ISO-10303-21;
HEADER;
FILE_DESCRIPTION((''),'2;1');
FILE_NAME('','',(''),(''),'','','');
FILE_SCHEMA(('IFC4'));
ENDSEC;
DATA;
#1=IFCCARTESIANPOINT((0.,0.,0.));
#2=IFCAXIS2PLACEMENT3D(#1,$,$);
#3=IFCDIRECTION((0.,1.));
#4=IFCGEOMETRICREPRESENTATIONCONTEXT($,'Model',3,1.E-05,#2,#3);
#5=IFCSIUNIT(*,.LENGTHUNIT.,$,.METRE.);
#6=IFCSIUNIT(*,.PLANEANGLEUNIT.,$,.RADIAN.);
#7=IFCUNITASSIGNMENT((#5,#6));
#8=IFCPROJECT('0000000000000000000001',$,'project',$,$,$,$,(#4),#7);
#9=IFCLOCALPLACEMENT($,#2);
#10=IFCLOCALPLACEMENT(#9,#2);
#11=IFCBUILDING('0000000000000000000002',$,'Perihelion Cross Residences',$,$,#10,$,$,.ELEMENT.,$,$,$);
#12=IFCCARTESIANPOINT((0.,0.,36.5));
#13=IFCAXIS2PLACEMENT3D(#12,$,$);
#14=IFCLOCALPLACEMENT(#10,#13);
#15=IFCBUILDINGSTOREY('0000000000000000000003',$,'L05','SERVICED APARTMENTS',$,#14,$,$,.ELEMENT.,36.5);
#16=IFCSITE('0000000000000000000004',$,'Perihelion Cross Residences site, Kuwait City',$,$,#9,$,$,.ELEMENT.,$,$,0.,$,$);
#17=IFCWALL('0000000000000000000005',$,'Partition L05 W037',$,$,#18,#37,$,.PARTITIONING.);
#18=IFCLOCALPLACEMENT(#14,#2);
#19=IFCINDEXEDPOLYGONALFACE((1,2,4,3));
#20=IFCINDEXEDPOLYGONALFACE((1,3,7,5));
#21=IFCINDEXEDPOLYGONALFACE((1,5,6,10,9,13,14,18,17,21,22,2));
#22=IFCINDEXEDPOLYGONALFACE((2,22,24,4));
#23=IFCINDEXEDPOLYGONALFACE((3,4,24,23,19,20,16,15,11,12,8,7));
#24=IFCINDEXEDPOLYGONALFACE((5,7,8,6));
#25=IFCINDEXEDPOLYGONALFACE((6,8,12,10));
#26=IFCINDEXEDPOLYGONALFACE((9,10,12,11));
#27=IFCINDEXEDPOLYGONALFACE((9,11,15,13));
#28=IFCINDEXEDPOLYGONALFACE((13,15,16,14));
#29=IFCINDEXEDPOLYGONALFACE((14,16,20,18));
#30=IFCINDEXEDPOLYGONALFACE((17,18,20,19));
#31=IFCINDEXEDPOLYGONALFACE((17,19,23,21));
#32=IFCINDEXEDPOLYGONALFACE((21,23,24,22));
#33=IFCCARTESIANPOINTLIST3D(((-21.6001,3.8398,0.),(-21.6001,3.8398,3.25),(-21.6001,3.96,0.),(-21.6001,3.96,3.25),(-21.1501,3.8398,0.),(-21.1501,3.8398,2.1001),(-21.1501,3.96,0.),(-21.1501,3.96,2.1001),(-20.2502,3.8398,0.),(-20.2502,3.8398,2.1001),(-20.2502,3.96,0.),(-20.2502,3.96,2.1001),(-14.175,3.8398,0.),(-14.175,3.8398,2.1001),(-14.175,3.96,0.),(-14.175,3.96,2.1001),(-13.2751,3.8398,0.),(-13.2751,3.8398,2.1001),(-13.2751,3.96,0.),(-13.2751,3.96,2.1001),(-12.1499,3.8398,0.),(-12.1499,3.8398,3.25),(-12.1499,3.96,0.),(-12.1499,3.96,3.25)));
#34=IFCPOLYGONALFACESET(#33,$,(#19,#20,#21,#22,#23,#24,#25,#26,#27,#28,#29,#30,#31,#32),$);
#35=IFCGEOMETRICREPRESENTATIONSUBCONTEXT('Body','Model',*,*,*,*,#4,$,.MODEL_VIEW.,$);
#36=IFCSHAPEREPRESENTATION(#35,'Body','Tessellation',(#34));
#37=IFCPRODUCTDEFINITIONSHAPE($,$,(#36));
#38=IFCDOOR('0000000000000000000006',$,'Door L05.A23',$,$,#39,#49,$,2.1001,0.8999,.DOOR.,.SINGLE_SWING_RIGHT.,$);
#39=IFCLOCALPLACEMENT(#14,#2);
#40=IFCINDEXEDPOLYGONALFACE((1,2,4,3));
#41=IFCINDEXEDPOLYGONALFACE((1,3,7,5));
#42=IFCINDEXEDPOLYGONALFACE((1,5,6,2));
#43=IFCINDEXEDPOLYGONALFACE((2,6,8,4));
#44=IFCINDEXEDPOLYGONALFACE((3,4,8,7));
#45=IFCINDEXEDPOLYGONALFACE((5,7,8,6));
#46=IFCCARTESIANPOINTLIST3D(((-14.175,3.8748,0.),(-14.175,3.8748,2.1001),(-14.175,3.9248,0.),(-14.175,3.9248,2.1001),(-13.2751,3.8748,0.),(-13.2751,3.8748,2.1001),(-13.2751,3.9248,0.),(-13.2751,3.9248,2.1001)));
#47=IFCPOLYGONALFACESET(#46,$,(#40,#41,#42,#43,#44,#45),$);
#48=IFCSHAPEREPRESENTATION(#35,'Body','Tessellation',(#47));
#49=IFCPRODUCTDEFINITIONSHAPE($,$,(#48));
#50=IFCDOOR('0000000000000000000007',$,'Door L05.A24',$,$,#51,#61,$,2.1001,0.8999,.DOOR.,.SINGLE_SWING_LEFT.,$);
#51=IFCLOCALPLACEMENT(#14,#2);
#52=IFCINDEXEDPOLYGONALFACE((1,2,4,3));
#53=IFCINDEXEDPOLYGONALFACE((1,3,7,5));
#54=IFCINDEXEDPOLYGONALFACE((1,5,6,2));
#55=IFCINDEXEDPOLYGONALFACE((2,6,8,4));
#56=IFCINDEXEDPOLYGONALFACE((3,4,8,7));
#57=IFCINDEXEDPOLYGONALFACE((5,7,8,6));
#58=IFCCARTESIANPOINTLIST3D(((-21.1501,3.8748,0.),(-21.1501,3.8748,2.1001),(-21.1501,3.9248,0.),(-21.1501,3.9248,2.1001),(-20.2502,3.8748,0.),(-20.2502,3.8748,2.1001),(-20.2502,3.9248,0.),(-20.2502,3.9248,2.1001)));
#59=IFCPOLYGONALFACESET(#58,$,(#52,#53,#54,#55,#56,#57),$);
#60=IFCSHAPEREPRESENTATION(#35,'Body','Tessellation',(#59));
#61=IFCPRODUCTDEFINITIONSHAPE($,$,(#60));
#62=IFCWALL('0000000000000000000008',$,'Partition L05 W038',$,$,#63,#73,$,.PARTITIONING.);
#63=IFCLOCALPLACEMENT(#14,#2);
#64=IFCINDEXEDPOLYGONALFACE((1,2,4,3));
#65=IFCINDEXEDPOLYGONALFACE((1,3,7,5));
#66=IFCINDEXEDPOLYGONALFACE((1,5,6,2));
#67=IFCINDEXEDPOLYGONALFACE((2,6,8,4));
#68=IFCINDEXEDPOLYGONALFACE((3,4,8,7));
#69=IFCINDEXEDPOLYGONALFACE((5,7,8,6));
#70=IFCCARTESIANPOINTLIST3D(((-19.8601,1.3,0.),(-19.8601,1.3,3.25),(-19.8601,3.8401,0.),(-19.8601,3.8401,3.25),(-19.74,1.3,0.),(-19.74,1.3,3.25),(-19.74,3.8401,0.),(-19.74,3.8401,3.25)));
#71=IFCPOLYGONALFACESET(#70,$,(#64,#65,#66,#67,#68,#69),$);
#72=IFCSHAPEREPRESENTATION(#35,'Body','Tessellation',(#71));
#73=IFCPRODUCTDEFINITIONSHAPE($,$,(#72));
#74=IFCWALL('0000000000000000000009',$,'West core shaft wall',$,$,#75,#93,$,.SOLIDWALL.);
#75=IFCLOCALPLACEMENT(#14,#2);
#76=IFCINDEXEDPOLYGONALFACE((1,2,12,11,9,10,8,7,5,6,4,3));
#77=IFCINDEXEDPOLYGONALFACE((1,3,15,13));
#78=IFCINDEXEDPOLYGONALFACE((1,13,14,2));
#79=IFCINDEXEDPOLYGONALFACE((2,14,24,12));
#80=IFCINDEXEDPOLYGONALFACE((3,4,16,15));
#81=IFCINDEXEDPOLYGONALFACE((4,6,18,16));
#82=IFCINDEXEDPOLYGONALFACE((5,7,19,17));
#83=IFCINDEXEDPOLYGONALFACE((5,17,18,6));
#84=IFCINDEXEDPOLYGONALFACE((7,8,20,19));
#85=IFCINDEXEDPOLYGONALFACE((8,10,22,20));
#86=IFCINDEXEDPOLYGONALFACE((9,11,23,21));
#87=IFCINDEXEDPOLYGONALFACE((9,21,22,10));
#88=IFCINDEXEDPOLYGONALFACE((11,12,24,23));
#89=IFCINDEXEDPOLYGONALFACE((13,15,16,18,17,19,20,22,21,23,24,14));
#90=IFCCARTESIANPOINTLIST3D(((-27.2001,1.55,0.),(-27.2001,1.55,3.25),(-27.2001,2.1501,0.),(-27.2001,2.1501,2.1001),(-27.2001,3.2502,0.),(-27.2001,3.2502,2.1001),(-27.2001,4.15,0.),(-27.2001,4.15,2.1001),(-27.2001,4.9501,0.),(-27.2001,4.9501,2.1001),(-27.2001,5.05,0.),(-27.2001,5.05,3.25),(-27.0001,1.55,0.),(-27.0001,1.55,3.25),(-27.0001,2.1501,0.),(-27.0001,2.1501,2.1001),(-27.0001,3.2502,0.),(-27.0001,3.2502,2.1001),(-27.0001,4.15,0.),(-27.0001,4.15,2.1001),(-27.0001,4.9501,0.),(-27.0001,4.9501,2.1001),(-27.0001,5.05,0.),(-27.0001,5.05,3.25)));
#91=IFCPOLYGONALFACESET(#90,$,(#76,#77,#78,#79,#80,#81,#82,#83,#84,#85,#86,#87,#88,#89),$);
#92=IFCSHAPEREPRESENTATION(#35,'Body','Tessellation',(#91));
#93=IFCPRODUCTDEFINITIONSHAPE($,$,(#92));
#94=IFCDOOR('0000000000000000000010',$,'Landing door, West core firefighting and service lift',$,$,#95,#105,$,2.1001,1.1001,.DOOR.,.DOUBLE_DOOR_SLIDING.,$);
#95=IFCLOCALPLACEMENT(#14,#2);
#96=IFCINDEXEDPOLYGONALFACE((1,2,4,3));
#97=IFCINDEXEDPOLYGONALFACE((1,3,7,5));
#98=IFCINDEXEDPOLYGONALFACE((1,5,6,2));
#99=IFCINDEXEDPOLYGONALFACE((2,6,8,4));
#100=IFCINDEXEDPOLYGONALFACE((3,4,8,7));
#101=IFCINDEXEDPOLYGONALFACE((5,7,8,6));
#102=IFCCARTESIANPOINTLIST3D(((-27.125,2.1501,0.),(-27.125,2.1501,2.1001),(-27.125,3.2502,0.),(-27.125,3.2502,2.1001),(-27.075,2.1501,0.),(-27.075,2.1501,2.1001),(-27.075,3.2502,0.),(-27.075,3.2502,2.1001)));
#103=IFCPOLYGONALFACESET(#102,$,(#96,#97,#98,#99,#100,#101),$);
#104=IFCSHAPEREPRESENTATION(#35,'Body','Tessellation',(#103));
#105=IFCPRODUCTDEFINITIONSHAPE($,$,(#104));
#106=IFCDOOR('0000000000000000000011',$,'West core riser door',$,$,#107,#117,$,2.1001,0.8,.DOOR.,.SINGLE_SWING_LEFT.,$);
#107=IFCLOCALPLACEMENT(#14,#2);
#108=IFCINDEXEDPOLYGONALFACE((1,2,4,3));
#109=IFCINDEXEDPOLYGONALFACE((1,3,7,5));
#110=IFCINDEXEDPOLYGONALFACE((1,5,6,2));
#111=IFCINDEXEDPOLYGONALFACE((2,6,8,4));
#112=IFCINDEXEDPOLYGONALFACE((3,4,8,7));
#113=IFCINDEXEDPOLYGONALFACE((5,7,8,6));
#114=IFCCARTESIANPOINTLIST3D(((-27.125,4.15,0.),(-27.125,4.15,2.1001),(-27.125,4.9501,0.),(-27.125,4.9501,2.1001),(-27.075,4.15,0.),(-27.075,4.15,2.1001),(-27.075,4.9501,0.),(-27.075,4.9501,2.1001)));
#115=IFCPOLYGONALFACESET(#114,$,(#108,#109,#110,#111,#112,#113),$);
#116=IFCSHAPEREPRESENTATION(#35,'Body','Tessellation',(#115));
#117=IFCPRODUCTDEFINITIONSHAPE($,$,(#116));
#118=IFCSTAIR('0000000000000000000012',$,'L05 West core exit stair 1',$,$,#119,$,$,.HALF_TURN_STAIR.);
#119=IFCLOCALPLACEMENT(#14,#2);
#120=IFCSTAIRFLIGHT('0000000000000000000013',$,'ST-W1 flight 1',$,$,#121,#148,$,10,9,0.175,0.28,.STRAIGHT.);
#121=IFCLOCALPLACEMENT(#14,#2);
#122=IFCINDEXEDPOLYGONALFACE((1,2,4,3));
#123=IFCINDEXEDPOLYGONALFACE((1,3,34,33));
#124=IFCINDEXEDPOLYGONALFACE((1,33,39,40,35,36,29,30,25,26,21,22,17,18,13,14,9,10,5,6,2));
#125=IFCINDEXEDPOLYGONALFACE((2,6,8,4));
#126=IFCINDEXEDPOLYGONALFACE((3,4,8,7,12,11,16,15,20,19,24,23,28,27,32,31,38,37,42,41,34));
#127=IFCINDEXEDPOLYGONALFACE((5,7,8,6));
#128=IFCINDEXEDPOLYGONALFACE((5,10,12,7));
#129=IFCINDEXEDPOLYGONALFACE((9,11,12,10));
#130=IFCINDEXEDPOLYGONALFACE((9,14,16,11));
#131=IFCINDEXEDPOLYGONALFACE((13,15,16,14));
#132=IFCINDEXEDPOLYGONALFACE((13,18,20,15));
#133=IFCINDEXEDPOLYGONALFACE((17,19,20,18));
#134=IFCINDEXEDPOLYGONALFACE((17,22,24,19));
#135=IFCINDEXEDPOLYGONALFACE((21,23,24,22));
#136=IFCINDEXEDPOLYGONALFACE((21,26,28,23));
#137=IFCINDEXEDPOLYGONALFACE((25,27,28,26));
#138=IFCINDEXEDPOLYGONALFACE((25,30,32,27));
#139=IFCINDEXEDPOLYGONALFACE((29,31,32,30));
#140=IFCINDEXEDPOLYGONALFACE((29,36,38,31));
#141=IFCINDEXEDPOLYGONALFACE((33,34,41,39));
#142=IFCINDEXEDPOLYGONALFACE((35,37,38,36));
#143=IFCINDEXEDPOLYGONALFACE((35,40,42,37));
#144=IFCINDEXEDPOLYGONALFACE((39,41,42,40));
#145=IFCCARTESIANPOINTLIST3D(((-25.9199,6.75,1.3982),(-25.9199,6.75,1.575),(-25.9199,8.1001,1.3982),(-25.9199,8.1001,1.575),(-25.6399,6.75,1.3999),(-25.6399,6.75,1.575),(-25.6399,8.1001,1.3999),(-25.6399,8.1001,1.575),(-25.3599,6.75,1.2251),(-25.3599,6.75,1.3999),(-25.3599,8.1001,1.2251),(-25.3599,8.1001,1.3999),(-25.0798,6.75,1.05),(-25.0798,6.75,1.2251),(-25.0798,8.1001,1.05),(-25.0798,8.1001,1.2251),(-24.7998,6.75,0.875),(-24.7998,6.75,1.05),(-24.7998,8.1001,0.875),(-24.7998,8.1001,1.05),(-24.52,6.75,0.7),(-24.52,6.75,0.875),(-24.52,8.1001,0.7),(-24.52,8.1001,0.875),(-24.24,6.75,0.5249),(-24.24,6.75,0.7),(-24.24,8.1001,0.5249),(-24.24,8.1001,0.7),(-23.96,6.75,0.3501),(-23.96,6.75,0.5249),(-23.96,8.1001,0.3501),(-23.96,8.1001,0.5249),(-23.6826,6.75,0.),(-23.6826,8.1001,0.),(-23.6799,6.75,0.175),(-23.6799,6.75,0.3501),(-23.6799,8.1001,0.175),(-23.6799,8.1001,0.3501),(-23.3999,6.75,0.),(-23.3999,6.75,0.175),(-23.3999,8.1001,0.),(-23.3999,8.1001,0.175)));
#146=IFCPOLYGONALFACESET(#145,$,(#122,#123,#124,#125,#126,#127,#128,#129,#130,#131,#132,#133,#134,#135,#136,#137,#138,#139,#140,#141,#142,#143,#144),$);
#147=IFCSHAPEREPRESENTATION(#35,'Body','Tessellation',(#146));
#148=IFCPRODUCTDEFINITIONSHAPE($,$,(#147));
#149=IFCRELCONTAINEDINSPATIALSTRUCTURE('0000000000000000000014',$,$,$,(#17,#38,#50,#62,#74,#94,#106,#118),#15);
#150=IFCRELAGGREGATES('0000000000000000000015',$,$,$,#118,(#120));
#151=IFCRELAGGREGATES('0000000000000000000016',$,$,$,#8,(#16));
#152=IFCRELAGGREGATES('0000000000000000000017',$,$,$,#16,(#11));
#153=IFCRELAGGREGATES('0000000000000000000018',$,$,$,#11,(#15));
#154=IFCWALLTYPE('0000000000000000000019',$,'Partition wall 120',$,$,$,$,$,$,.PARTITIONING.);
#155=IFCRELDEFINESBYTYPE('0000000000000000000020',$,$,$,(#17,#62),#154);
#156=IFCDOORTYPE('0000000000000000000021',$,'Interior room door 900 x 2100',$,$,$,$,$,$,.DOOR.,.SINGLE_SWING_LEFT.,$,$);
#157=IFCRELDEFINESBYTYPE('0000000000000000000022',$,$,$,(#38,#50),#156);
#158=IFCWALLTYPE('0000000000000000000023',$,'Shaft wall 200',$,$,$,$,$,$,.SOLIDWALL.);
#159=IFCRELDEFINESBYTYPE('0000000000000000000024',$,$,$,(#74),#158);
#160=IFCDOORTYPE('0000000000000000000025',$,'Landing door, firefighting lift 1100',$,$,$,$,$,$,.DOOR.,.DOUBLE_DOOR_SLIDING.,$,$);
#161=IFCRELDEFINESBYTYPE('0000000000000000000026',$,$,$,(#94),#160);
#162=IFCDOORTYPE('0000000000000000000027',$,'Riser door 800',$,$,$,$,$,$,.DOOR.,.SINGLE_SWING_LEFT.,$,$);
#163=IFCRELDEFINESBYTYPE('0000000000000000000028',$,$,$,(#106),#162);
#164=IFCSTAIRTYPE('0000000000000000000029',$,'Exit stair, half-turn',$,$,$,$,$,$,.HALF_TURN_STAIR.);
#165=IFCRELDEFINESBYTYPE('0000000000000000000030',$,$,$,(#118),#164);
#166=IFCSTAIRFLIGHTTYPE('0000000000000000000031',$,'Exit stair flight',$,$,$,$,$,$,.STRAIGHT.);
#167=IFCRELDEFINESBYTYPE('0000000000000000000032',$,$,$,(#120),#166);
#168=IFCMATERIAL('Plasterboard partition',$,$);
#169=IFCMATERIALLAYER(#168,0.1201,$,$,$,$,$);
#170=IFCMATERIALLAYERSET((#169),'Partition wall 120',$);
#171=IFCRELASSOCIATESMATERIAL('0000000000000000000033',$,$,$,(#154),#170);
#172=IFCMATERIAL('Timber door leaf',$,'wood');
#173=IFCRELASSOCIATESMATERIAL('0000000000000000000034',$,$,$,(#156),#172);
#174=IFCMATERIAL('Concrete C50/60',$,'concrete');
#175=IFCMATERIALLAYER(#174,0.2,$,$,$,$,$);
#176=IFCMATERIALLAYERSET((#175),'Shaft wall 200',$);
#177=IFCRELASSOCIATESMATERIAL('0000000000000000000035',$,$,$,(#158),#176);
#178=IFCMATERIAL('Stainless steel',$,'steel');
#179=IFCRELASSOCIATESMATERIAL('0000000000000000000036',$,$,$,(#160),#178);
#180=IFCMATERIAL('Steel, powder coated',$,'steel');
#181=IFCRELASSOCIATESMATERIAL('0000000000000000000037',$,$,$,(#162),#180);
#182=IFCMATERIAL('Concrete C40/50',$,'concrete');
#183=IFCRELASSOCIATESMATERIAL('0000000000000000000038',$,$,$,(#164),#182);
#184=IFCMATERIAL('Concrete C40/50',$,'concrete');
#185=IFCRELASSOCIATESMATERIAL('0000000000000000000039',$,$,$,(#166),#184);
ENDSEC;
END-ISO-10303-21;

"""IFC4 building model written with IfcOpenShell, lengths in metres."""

from ifc_helpers import new_model, si_unit, direction, frame, frame_2d, origin, place, context, subcontext, project, spatial, polyline, rectangle, outline, extrude, material, layer, layer_set, type_object, element, fill, aggregate, save


model = new_model("IFC4")

# Units and contexts
model_context = context("Model", 3, precision=1e-05, world=origin(), true_north=direction((0.0, 1.0)))
body_context = subcontext(model_context, "Body", "Model", "MODEL_VIEW")
ifc_project = project(units=[si_unit("LENGTHUNIT", "METRE"), si_unit("PLANEANGLEUNIT", "RADIAN")], contexts=[model_context])

# Site, building, storey
site_placement = place(None, origin())
site = spatial("IfcSite", under=ifc_project, at=site_placement, Name="Perihelion Cross Residences site, Kuwait City", CompositionType="ELEMENT", RefElevation=0.0)
building_placement = place(site_placement, origin())
building = spatial("IfcBuilding", under=site, at=building_placement, Name="Perihelion Cross Residences", CompositionType="ELEMENT")
storey_placement = place(building_placement, frame((0.0, 0.0, 36.5)))
storey = spatial("IfcBuildingStorey", under=building, at=storey_placement, Name="L05", Description="SERVICED APARTMENTS", CompositionType="ELEMENT", Elevation=36.5)

# Wall, openings, doors
ifc_material_1 = material(Name="Plasterboard partition")
ifc_layer_1 = layer(ifc_material_1, 0.1201)
ifc_layer_set_1 = layer_set([ifc_layer_1], Name="Partition wall 120")
wall_type_1 = type_object("IfcWallType", Name="Partition wall 120", PredefinedType="PARTITIONING", material=ifc_layer_set_1)
wall_1_placement = place(storey_placement, frame((-21.6001, 3.8999, 0.0), z_axis=(0.0, 0.0, 1.0), x_axis=(1.0, 0.0, 0.0)))
wall_1 = element("IfcWall", 1, at=wall_1_placement, inside=storey, type_object=wall_type_1, Name="Partition L05 W037", PredefinedType="PARTITIONING", context=body_context, shape_type="SweptSolid", body=[
    extrude(rectangle(XDim=9.4502, YDim=0.1201, at=frame_2d((4.7251, 0.0))), origin(), (0.0, 0.0, 1.0), 3.25),
])
opening_1_placement = place(wall_1_placement, frame((7.425, 0.0, 0.0)))
opening_1 = element("IfcOpeningElement", 2, at=opening_1_placement, cuts=wall_1, PredefinedType="OPENING", context=body_context, shape_type="SweptSolid", body=[
    extrude(rectangle(XDim=0.8999, YDim=2.1001, at=frame_2d((0.45, 1.05))), frame((0.0, 0.0701, 0.0), z_axis=(0.0, -1.0, 0.0), x_axis=(1.0, 0.0, 0.0)), (0.0, 0.0, 1.0), 0.1401),
])
opening_2_placement = place(wall_1_placement, frame((0.45, 0.0, 0.0)))
opening_2 = element("IfcOpeningElement", 3, at=opening_2_placement, cuts=wall_1, PredefinedType="OPENING", context=body_context, shape_type="SweptSolid", body=[
    extrude(rectangle(XDim=0.8999, YDim=2.1001, at=frame_2d((0.45, 1.05))), frame((0.0, 0.0701, 0.0), z_axis=(0.0, -1.0, 0.0), x_axis=(1.0, 0.0, 0.0)), (0.0, 0.0, 1.0), 0.1401),
])
ifc_material_2 = material(Name="Timber door leaf", Category="wood")
door_type_1 = type_object("IfcDoorType", Name="Interior room door 900 x 2100", OperationType="SINGLE_SWING_LEFT", PredefinedType="DOOR", material=ifc_material_2)
door_1_placement = place(opening_1_placement, origin())
door_1 = element("IfcDoor", 4, at=door_1_placement, inside=storey, type_object=door_type_1, Name="Door L05.A23", OperationType="SINGLE_SWING_RIGHT", OverallHeight=2.1001, OverallWidth=0.8999, PredefinedType="DOOR", context=body_context, shape_type="SweptSolid", body=[
    extrude(rectangle(XDim=0.8999, YDim=2.1001, at=frame_2d((0.45, 1.05))), frame((0.0, 0.0249, 0.0), z_axis=(0.0, -1.0, 0.0), x_axis=(1.0, 0.0, 0.0)), (0.0, 0.0, 1.0), 0.05),
])
fill(opening_1, door_1)
door_2_placement = place(opening_2_placement, origin())
door_2 = element("IfcDoor", 5, at=door_2_placement, inside=storey, type_object=door_type_1, Name="Door L05.A24", OperationType="SINGLE_SWING_LEFT", OverallHeight=2.1001, OverallWidth=0.8999, PredefinedType="DOOR", context=body_context, shape_type="SweptSolid", body=[
    extrude(rectangle(XDim=0.8999, YDim=2.1001, at=frame_2d((0.45, 1.05))), frame((0.0, 0.0249, 0.0), z_axis=(0.0, -1.0, 0.0), x_axis=(1.0, 0.0, 0.0)), (0.0, 0.0, 1.0), 0.05),
])
fill(opening_2, door_2)

# Wall
wall_2_placement = place(storey_placement, frame((-19.8, 1.3, 0.0), z_axis=(0.0, 0.0, 1.0), x_axis=(0.0, 1.0, 0.0)))
element("IfcWall", 6, at=wall_2_placement, inside=storey, type_object=wall_type_1, Name="Partition L05 W038", PredefinedType="PARTITIONING", context=body_context, shape_type="SweptSolid", body=[
    extrude(rectangle(XDim=2.54, YDim=0.1201, at=frame_2d((1.27, 0.0))), origin(), (0.0, 0.0, 1.0), 3.25),
])

# Wall, openings, doors
ifc_material_3 = material(Name="Concrete C50/60", Category="concrete")
ifc_layer_2 = layer(ifc_material_3, 0.2)
ifc_layer_set_2 = layer_set([ifc_layer_2], Name="Shaft wall 200")
wall_type_2 = type_object("IfcWallType", Name="Shaft wall 200", PredefinedType="SOLIDWALL", material=ifc_layer_set_2)
wall_3_placement = place(storey_placement, frame((-27.1001, 1.55, 0.0), z_axis=(0.0, 0.0, 1.0), x_axis=(0.0, 1.0, 0.0)))
wall_3 = element("IfcWall", 7, at=wall_3_placement, inside=storey, type_object=wall_type_2, Name="West core shaft wall", PredefinedType="SOLIDWALL", context=body_context, shape_type="SweptSolid", body=[
    extrude(rectangle(XDim=3.5, YDim=0.2, at=frame_2d((1.75, 0.0))), origin(), (0.0, 0.0, 1.0), 3.25),
])
opening_3_placement = place(wall_3_placement, frame((0.6001, 0.0, 0.0)))
opening_3 = element("IfcOpeningElement", 8, at=opening_3_placement, cuts=wall_3, PredefinedType="OPENING", context=body_context, shape_type="SweptSolid", body=[
    extrude(rectangle(XDim=1.1001, YDim=2.1001, at=frame_2d((0.55, 1.05))), frame((0.0, 0.1099, 0.0), z_axis=(0.0, -1.0, 0.0), x_axis=(1.0, 0.0, 0.0)), (0.0, 0.0, 1.0), 0.22),
])
opening_4_placement = place(wall_3_placement, frame((2.6001, 0.0, 0.0)))
opening_4 = element("IfcOpeningElement", 9, at=opening_4_placement, cuts=wall_3, PredefinedType="OPENING", context=body_context, shape_type="SweptSolid", body=[
    extrude(rectangle(XDim=0.8, YDim=2.1001, at=frame_2d((0.3999, 1.05))), frame((0.0, 0.1099, 0.0), z_axis=(0.0, -1.0, 0.0), x_axis=(1.0, 0.0, 0.0)), (0.0, 0.0, 1.0), 0.22),
])
ifc_material_4 = material(Name="Stainless steel", Category="steel")
door_type_2 = type_object("IfcDoorType", Name="Landing door, firefighting lift 1100", OperationType="DOUBLE_DOOR_SLIDING", PredefinedType="DOOR", material=ifc_material_4)
door_3_placement = place(opening_3_placement, origin())
door_3 = element("IfcDoor", 10, at=door_3_placement, inside=storey, type_object=door_type_2, Name="Landing door, West core firefighting and service lift", OperationType="DOUBLE_DOOR_SLIDING", OverallHeight=2.1001, OverallWidth=1.1001, PredefinedType="DOOR", context=body_context, shape_type="SweptSolid", body=[
    extrude(rectangle(XDim=1.1001, YDim=2.1001, at=frame_2d((0.55, 1.05))), frame((0.0, 0.0249, 0.0), z_axis=(0.0, -1.0, 0.0), x_axis=(1.0, 0.0, 0.0)), (0.0, 0.0, 1.0), 0.05),
])
fill(opening_3, door_3)
ifc_material_5 = material(Name="Steel, powder coated", Category="steel")
door_type_3 = type_object("IfcDoorType", Name="Riser door 800", OperationType="SINGLE_SWING_LEFT", PredefinedType="DOOR", material=ifc_material_5)
door_4_placement = place(opening_4_placement, origin())
door_4 = element("IfcDoor", 11, at=door_4_placement, inside=storey, type_object=door_type_3, Name="West core riser door", OperationType="SINGLE_SWING_LEFT", OverallHeight=2.1001, OverallWidth=0.8, PredefinedType="DOOR", context=body_context, shape_type="SweptSolid", body=[
    extrude(rectangle(XDim=0.8, YDim=2.1001, at=frame_2d((0.3999, 1.05))), frame((0.0, 0.0249, 0.0), z_axis=(0.0, -1.0, 0.0), x_axis=(1.0, 0.0, 0.0)), (0.0, 0.0, 1.0), 0.05),
])
fill(opening_4, door_4)

# Stair, stair flight
ifc_material_6 = material(Name="Concrete C40/50", Category="concrete")
stair_type = type_object("IfcStairType", Name="Exit stair, half-turn", PredefinedType="HALF_TURN_STAIR", material=ifc_material_6)
stair_placement = place(storey_placement, origin())
stair = element("IfcStair", 12, at=stair_placement, inside=storey, type_object=stair_type, Name="L05 West core exit stair 1", PredefinedType="HALF_TURN_STAIR")
ifc_material_7 = material(Name="Concrete C40/50", Category="concrete")
stair_flight_type = type_object("IfcStairFlightType", Name="Exit stair flight", PredefinedType="STRAIGHT", material=ifc_material_7)
stair_flight_1_placement = place(storey_placement, frame((-23.3999, 7.425, 0.0), z_axis=(0.0, 0.0, 1.0), x_axis=(-1.0, 0.0, 0.0)))
stair_flight_1 = element("IfcStairFlight", 13, at=stair_flight_1_placement, type_object=stair_flight_type, Name="ST-W1 flight 1", NumberOfRisers=10, NumberOfTreads=9, PredefinedType="STRAIGHT", RiserHeight=0.175, TreadLength=0.28, context=body_context, shape_type="SweptSolid", body=[
    extrude(outline(polyline([(0.0, 0.0), (0.0, 0.175), (0.28, 0.175), (0.28, 0.3501), (0.5601, 0.3501), (0.5601, 0.5249), (0.8401, 0.5249), (0.8401, 0.7), (1.1201, 0.7), (1.1201, 0.875), (1.3999, 0.875), (1.3999, 1.05), (1.6799, 1.05), (1.6799, 1.2251), (1.96, 1.2251), (1.96, 1.3999), (2.24, 1.3999), (2.24, 1.575), (2.52, 1.575), (2.52, 1.75), (2.52, 1.3982), (0.2827, 0.0), (0.0, 0.0)])), frame((0.0, 0.675, 0.0), z_axis=(0.0, -1.0, 0.0), x_axis=(1.0, 0.0, 0.0)), (0.0, 0.0, 1.0), 1.3501),
])
aggregate(stair, [stair_flight_1])

save(model, "model.ifc")
